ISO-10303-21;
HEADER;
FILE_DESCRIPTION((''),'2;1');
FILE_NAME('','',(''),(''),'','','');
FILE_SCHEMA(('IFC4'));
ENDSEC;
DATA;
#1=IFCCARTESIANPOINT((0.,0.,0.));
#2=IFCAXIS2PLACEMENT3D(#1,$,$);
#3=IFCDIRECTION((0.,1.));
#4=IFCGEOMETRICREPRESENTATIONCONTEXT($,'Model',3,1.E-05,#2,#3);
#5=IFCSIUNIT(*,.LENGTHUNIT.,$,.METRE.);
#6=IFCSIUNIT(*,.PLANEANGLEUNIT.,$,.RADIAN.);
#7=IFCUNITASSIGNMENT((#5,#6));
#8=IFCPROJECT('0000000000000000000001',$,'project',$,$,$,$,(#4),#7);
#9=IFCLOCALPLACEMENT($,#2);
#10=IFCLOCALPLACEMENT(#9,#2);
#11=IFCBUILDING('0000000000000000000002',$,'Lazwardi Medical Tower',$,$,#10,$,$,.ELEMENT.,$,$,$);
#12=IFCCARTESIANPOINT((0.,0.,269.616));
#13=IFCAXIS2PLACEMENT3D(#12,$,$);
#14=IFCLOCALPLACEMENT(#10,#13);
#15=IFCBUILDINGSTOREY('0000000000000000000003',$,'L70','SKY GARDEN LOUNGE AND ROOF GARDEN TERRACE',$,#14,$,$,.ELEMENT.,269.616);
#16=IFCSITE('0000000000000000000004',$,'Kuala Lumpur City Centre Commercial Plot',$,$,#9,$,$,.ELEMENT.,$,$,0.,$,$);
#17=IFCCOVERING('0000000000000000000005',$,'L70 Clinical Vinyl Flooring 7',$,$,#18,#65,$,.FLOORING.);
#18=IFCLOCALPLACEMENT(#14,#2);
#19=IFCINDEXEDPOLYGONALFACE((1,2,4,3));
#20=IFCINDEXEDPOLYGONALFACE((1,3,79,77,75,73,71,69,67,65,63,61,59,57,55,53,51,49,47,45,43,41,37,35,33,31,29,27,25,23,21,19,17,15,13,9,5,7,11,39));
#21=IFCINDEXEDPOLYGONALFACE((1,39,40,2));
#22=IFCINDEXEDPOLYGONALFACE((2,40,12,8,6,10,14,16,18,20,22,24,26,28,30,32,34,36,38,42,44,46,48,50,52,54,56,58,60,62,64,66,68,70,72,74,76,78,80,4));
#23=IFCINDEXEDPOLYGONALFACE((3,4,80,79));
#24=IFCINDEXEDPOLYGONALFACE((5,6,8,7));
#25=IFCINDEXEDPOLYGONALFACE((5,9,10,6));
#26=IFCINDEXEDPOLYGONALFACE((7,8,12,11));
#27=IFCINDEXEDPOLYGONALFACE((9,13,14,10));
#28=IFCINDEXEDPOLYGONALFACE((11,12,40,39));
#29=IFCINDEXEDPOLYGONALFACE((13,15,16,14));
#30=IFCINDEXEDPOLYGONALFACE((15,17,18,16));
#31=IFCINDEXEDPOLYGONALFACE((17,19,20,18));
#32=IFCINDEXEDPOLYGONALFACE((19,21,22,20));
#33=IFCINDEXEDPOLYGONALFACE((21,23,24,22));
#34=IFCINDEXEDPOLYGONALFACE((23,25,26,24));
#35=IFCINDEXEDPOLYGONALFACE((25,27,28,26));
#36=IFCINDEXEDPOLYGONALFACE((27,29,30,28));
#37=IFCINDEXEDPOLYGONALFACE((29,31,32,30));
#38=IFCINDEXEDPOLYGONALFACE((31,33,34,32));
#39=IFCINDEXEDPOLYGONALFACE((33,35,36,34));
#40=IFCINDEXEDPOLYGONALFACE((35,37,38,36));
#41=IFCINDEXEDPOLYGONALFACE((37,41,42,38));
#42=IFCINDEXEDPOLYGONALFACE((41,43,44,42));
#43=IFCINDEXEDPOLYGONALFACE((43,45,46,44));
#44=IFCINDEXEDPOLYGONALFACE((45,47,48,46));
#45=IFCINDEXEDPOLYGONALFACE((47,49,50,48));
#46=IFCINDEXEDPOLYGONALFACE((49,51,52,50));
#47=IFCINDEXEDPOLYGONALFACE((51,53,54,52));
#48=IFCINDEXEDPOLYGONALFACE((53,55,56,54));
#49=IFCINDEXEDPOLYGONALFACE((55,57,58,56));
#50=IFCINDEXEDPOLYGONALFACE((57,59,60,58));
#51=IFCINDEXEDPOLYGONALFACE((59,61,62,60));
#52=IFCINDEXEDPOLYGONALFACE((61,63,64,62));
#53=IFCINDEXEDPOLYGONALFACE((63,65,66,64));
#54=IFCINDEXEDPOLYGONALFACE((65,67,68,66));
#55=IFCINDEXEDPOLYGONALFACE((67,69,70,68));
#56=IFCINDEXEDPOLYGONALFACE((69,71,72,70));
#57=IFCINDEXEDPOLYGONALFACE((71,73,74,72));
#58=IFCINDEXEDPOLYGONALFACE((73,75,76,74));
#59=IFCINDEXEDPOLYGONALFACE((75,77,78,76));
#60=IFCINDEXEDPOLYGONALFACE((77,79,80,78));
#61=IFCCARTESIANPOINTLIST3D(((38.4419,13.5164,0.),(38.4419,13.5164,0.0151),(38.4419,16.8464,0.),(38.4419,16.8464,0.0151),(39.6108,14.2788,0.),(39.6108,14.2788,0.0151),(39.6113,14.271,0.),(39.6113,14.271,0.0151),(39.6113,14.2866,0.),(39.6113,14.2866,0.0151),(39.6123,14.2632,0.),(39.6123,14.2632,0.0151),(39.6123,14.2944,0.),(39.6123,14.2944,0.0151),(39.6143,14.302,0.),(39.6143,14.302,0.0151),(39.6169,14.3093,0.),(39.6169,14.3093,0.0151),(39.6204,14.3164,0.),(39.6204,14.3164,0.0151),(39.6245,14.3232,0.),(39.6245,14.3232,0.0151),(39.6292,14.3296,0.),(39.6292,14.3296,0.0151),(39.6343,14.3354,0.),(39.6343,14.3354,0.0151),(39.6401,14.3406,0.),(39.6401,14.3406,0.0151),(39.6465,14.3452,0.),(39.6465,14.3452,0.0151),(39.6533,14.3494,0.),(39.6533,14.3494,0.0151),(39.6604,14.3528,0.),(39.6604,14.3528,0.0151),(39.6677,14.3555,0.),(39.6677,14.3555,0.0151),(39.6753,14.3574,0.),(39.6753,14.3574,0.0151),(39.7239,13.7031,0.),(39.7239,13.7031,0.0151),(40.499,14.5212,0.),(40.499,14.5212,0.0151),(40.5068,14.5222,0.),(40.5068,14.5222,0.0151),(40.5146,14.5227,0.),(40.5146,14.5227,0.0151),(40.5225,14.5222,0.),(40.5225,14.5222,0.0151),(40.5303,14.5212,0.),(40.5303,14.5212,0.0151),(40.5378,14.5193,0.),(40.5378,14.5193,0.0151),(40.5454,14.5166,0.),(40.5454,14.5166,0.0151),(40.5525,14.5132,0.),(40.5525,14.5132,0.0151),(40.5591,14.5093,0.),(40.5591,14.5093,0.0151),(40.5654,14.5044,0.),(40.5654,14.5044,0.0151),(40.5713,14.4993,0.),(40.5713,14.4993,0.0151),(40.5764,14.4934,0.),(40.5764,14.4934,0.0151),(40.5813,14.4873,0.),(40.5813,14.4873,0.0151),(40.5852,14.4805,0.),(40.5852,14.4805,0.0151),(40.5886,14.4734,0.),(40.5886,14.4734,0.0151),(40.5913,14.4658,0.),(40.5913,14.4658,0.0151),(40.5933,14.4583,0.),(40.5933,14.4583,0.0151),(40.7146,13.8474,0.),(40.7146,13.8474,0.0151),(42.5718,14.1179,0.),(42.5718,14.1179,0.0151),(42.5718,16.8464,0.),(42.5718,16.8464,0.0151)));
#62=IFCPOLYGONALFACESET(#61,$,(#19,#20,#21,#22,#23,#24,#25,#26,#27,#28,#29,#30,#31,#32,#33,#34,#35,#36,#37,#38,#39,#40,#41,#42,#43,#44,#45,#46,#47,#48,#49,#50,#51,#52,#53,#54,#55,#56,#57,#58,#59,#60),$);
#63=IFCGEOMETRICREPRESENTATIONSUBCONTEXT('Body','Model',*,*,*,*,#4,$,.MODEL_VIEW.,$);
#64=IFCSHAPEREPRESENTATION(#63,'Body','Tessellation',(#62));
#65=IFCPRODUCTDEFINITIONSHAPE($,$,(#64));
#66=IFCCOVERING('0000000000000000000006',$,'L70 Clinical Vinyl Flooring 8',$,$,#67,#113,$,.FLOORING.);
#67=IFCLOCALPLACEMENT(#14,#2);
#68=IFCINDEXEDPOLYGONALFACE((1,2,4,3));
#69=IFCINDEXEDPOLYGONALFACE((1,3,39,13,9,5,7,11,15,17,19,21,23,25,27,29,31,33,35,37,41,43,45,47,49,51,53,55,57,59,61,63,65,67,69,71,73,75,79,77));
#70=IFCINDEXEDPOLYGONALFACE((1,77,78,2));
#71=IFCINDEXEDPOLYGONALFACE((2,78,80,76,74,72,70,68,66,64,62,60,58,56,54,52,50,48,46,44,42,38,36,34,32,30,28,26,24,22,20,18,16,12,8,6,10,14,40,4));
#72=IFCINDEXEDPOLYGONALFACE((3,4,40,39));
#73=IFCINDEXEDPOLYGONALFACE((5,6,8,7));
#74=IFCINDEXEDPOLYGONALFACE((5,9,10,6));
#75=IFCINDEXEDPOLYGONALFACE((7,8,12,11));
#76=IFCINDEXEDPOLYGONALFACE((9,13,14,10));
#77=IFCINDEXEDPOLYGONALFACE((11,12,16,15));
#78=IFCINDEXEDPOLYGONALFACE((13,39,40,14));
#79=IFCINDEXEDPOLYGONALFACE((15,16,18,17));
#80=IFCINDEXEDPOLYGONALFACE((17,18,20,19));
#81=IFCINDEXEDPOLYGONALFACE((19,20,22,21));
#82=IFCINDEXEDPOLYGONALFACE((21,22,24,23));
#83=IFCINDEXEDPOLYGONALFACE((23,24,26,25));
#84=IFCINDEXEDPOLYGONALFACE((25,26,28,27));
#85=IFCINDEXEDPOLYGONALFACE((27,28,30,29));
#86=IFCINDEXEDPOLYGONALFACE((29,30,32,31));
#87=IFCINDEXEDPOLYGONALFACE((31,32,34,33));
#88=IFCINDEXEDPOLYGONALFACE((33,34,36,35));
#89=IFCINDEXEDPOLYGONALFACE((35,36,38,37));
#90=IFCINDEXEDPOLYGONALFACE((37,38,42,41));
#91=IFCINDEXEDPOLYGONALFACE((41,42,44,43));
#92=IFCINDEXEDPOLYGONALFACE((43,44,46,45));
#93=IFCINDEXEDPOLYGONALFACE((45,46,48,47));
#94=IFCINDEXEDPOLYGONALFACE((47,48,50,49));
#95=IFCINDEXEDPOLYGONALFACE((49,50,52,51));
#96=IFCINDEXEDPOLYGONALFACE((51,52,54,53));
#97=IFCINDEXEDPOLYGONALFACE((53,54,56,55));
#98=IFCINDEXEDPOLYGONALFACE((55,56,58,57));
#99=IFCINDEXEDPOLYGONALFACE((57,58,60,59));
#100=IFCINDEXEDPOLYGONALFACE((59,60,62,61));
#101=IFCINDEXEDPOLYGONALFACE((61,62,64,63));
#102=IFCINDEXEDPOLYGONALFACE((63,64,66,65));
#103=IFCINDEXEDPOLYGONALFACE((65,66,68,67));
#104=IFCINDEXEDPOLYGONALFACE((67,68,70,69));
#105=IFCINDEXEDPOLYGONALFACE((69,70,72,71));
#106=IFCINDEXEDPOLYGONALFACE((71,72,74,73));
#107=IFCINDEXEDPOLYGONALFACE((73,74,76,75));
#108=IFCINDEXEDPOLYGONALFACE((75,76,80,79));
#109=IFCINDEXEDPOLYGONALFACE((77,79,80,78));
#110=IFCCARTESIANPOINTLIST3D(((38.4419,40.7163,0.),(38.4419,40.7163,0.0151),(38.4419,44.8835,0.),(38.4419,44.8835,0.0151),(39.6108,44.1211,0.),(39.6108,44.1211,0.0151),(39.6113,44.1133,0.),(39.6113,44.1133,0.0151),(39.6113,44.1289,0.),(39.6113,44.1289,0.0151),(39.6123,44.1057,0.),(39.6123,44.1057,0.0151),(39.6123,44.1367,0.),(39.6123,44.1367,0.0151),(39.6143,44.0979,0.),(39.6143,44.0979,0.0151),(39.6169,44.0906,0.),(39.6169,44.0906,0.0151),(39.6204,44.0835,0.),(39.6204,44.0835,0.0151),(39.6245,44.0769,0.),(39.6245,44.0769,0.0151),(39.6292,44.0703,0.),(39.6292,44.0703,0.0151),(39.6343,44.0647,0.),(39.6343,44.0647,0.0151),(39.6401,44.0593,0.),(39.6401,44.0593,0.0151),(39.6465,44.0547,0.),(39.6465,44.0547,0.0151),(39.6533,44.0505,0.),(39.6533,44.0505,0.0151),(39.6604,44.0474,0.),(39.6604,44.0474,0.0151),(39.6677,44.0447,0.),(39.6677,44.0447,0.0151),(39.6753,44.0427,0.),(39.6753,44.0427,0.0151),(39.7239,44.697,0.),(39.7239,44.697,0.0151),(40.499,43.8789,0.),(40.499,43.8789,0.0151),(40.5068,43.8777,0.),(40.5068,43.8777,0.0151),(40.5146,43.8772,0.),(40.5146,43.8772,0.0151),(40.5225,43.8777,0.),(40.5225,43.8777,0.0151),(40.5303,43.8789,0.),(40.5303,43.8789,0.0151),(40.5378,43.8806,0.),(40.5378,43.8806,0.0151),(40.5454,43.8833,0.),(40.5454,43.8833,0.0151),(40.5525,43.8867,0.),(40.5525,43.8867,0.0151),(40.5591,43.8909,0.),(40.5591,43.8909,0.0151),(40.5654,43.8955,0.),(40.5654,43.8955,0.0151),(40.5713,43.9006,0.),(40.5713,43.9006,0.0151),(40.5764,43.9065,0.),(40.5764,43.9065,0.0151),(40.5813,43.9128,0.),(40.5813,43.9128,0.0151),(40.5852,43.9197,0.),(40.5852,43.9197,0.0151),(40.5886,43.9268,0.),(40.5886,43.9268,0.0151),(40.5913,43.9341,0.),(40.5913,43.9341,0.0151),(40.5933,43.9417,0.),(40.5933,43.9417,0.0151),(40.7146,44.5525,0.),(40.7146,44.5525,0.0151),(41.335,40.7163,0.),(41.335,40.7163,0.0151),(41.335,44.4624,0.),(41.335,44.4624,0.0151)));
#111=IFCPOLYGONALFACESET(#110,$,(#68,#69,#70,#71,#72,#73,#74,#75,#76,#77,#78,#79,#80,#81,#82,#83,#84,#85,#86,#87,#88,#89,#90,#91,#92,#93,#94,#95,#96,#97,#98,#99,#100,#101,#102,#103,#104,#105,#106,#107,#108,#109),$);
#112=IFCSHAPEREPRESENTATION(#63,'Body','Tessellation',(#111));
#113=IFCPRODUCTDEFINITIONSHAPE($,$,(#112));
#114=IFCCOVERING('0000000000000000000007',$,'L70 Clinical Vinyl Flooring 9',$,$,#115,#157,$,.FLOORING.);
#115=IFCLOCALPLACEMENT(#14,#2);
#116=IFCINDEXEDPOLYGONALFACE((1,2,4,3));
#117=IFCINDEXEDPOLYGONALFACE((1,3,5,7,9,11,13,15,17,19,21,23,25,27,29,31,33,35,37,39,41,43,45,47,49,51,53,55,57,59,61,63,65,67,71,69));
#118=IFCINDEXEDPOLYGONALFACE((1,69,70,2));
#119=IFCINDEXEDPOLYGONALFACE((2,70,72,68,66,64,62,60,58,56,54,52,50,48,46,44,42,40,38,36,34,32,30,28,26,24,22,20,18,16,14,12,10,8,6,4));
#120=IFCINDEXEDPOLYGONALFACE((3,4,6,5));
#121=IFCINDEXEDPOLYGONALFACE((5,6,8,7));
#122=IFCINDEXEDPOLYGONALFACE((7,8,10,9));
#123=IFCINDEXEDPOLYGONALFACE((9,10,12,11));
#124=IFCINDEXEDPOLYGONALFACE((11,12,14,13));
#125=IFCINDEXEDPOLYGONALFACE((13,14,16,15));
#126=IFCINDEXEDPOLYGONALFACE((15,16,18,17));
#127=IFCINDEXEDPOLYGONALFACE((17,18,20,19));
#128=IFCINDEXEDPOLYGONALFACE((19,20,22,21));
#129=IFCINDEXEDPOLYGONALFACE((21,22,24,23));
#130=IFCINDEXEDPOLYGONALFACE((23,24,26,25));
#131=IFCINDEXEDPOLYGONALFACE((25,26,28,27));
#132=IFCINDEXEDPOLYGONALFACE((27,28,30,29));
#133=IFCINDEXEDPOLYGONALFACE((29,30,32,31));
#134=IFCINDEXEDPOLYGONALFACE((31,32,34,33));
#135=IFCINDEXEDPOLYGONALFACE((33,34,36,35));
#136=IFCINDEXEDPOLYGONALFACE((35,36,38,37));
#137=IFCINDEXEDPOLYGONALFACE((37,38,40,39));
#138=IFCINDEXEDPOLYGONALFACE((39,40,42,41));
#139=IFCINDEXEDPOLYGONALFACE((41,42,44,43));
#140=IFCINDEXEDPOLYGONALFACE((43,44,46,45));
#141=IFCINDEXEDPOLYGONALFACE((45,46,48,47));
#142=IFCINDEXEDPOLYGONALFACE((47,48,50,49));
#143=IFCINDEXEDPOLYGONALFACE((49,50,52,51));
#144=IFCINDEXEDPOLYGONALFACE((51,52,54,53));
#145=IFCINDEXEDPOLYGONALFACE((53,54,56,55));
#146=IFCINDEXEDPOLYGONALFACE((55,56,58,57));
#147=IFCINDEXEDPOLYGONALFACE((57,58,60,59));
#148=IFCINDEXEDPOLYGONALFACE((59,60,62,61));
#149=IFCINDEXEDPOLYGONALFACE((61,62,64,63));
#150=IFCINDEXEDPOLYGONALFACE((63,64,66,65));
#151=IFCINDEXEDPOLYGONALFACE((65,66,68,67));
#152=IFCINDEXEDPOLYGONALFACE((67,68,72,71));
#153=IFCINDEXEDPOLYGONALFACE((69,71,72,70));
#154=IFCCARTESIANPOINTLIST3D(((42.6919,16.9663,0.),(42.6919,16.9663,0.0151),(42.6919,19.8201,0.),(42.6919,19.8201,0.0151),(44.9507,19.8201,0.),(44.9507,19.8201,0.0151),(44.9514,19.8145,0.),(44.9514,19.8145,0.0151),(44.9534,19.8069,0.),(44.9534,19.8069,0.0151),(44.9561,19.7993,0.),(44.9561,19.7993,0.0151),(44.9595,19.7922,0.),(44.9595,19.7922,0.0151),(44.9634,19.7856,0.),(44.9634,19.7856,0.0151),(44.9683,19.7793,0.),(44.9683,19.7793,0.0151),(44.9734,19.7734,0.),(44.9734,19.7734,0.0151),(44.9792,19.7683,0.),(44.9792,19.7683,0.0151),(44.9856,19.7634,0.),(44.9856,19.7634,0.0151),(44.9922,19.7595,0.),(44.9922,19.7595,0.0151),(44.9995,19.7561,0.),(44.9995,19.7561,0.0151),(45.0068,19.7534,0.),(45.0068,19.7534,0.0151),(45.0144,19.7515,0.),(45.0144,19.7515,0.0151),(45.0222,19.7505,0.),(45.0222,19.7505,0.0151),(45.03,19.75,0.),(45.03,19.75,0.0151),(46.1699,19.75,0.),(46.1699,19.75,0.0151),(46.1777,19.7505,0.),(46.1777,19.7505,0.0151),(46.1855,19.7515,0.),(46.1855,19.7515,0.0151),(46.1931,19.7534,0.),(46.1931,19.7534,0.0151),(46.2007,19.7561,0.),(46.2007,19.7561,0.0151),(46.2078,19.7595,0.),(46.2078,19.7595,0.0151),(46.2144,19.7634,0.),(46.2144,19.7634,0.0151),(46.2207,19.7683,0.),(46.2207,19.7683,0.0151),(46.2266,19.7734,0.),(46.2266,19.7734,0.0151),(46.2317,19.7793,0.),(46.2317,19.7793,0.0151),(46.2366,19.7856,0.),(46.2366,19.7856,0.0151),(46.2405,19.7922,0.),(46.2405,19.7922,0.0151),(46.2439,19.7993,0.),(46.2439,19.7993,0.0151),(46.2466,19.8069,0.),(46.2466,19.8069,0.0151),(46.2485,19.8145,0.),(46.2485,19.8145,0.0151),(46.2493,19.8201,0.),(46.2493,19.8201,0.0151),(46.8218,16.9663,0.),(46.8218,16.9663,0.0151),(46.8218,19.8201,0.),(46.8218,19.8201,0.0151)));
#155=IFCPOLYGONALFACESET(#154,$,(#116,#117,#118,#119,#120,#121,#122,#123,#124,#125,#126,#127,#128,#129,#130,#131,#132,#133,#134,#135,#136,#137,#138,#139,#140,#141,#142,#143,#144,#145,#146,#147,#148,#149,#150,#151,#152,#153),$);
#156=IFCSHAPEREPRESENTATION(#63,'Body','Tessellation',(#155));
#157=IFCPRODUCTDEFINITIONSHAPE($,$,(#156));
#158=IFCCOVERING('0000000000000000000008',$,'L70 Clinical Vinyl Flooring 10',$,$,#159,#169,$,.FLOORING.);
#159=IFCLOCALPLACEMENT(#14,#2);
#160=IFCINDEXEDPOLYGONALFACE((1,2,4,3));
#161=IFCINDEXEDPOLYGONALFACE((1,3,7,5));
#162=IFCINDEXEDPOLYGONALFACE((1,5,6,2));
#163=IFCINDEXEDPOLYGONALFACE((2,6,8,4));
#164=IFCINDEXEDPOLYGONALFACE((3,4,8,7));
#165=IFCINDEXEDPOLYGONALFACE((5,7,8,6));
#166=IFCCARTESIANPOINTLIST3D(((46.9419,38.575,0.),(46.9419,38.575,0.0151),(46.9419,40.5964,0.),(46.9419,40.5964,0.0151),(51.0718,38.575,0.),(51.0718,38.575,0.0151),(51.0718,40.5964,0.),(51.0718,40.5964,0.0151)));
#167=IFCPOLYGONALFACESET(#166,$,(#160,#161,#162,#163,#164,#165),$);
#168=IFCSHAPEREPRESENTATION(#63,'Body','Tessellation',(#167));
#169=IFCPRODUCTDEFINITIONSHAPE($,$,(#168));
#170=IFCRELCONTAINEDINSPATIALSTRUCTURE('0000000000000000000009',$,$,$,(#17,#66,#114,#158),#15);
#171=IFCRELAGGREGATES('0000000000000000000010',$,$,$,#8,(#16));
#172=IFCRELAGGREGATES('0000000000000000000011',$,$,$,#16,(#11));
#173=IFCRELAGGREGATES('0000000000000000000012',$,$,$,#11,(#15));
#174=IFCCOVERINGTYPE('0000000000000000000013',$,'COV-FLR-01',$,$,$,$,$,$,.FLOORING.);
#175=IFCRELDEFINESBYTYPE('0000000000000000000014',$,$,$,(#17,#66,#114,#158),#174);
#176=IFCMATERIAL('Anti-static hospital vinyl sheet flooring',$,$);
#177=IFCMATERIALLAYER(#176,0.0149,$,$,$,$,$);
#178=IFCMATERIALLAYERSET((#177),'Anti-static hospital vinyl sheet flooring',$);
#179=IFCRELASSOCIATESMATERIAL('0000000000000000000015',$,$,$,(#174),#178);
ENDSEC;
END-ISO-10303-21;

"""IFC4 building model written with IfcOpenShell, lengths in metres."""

from ifc_helpers import new_model, si_unit, direction, frame, origin, place, context, subcontext, project, spatial, polyline, outline, extrude, material, layer, layer_set, type_object, element, save


model = new_model("IFC4")

# Units and contexts
model_context = context("Model", 3, precision=1e-05, world=origin(), true_north=direction((0.0, 1.0)))
body_context = subcontext(model_context, "Body", "Model", "MODEL_VIEW")
ifc_project = project(units=[si_unit("LENGTHUNIT", "METRE"), si_unit("PLANEANGLEUNIT", "RADIAN")], contexts=[model_context])

# Site, building, storey
site_placement = place(None, origin())
site = spatial("IfcSite", under=ifc_project, at=site_placement, Name="Kuala Lumpur City Centre Commercial Plot", CompositionType="ELEMENT", RefElevation=0.0)
building_placement = place(site_placement, origin())
building = spatial("IfcBuilding", under=site, at=building_placement, Name="Lazwardi Medical Tower", CompositionType="ELEMENT")
storey_placement = place(building_placement, frame((0.0, 0.0, 269.616)))
storey = spatial("IfcBuildingStorey", under=building, at=storey_placement, Name="L70", Description="SKY GARDEN LOUNGE AND ROOF GARDEN TERRACE", CompositionType="ELEMENT", Elevation=269.616)

# Coverings
ifc_material_1 = material(Name="Anti-static hospital vinyl sheet flooring")
ifc_layer_1 = layer(ifc_material_1, 0.0149)
ifc_layer_set_1 = layer_set([ifc_layer_1], Name="Anti-static hospital vinyl sheet flooring")
covering_type_1 = type_object("IfcCoveringType", Name="COV-FLR-01", PredefinedType="FLOORING", material=ifc_layer_set_1)
covering_1_placement = place(storey_placement, origin())
element("IfcCovering", 1, at=covering_1_placement, inside=storey, type_object=covering_type_1, Name="L70 Clinical Vinyl Flooring 7", PredefinedType="FLOORING", context=body_context, shape_type="SweptSolid", body=[
    extrude(outline(polyline([(38.4419, 13.5164), (39.7239, 13.7031), (39.6123, 14.2632), (39.6113, 14.271), (39.6108, 14.2788), (39.6113, 14.2866), (39.6123, 14.2944), (39.6143, 14.302), (39.6169, 14.3093), (39.6204, 14.3164), (39.6245, 14.3232), (39.6292, 14.3296), (39.6343, 14.3354), (39.6401, 14.3406), (39.6465, 14.3452), (39.6533, 14.3494), (39.6604, 14.3528), (39.6677, 14.3555), (39.6753, 14.3574), (40.499, 14.5212), (40.5068, 14.5222), (40.5146, 14.5227), (40.5225, 14.5222), (40.5303, 14.5212), (40.5378, 14.5193), (40.5454, 14.5166), (40.5525, 14.5132), (40.5591, 14.5093), (40.5654, 14.5044), (40.5713, 14.4993), (40.5764, 14.4934), (40.5813, 14.4873), (40.5852, 14.4805), (40.5886, 14.4734), (40.5913, 14.4658), (40.5933, 14.4583), (40.7146, 13.8474), (42.5718, 14.1179), (42.5718, 16.8464), (38.4419, 16.8464), (38.4419, 13.5164)])), origin(), (0.0, 0.0, 1.0), 0.0151),
])
covering_2_placement = place(storey_placement, origin())
element("IfcCovering", 2, at=covering_2_placement, inside=storey, type_object=covering_type_1, Name="L70 Clinical Vinyl Flooring 8", PredefinedType="FLOORING", context=body_context, shape_type="SweptSolid", body=[
    extrude(outline(polyline([(41.335, 40.7163), (41.335, 44.4624), (40.7146, 44.5525), (40.5933, 43.9417), (40.5913, 43.9341), (40.5886, 43.9268), (40.5852, 43.9197), (40.5813, 43.9128), (40.5764, 43.9065), (40.5713, 43.9006), (40.5654, 43.8955), (40.5591, 43.8909), (40.5525, 43.8867), (40.5454, 43.8833), (40.5378, 43.8806), (40.5303, 43.8789), (40.5225, 43.8777), (40.5146, 43.8772), (40.5068, 43.8777), (40.499, 43.8789), (39.6753, 44.0427), (39.6677, 44.0447), (39.6604, 44.0474), (39.6533, 44.0505), (39.6465, 44.0547), (39.6401, 44.0593), (39.6343, 44.0647), (39.6292, 44.0703), (39.6245, 44.0769), (39.6204, 44.0835), (39.6169, 44.0906), (39.6143, 44.0979), (39.6123, 44.1057), (39.6113, 44.1133), (39.6108, 44.1211), (39.6113, 44.1289), (39.6123, 44.1367), (39.7239, 44.697), (38.4419, 44.8835), (38.4419, 40.7163), (41.335, 40.7163)])), origin(), (0.0, 0.0, 1.0), 0.0151),
])
covering_3_placement = place(storey_placement, origin())
element("IfcCovering", 3, at=covering_3_placement, inside=storey, type_object=covering_type_1, Name="L70 Clinical Vinyl Flooring 9", PredefinedType="FLOORING", context=body_context, shape_type="SweptSolid", body=[
    extrude(outline(polyline([(46.8218, 19.8201), (46.2493, 19.8201), (46.2485, 19.8145), (46.2466, 19.8069), (46.2439, 19.7993), (46.2405, 19.7922), (46.2366, 19.7856), (46.2317, 19.7793), (46.2266, 19.7734), (46.2207, 19.7683), (46.2144, 19.7634), (46.2078, 19.7595), (46.2007, 19.7561), (46.1931, 19.7534), (46.1855, 19.7515), (46.1777, 19.7505), (46.1699, 19.75), (45.03, 19.75), (45.0222, 19.7505), (45.0144, 19.7515), (45.0068, 19.7534), (44.9995, 19.7561), (44.9922, 19.7595), (44.9856, 19.7634), (44.9792, 19.7683), (44.9734, 19.7734), (44.9683, 19.7793), (44.9634, 19.7856), (44.9595, 19.7922), (44.9561, 19.7993), (44.9534, 19.8069), (44.9514, 19.8145), (44.9507, 19.8201), (42.6919, 19.8201), (42.6919, 16.9663), (46.8218, 16.9663), (46.8218, 19.8201)])), origin(), (0.0, 0.0, 1.0), 0.0151),
])
covering_4_placement = place(storey_placement, origin())
element("IfcCovering", 4, at=covering_4_placement, inside=storey, type_object=covering_type_1, Name="L70 Clinical Vinyl Flooring 10", PredefinedType="FLOORING", context=body_context, shape_type="SweptSolid", body=[
    extrude(outline(polyline([(46.9419, 38.575), (51.0718, 38.575), (51.0718, 40.5964), (46.9419, 40.5964), (46.9419, 38.575)])), origin(), (0.0, 0.0, 1.0), 0.0151),
])

save(model, "model.ifc")
